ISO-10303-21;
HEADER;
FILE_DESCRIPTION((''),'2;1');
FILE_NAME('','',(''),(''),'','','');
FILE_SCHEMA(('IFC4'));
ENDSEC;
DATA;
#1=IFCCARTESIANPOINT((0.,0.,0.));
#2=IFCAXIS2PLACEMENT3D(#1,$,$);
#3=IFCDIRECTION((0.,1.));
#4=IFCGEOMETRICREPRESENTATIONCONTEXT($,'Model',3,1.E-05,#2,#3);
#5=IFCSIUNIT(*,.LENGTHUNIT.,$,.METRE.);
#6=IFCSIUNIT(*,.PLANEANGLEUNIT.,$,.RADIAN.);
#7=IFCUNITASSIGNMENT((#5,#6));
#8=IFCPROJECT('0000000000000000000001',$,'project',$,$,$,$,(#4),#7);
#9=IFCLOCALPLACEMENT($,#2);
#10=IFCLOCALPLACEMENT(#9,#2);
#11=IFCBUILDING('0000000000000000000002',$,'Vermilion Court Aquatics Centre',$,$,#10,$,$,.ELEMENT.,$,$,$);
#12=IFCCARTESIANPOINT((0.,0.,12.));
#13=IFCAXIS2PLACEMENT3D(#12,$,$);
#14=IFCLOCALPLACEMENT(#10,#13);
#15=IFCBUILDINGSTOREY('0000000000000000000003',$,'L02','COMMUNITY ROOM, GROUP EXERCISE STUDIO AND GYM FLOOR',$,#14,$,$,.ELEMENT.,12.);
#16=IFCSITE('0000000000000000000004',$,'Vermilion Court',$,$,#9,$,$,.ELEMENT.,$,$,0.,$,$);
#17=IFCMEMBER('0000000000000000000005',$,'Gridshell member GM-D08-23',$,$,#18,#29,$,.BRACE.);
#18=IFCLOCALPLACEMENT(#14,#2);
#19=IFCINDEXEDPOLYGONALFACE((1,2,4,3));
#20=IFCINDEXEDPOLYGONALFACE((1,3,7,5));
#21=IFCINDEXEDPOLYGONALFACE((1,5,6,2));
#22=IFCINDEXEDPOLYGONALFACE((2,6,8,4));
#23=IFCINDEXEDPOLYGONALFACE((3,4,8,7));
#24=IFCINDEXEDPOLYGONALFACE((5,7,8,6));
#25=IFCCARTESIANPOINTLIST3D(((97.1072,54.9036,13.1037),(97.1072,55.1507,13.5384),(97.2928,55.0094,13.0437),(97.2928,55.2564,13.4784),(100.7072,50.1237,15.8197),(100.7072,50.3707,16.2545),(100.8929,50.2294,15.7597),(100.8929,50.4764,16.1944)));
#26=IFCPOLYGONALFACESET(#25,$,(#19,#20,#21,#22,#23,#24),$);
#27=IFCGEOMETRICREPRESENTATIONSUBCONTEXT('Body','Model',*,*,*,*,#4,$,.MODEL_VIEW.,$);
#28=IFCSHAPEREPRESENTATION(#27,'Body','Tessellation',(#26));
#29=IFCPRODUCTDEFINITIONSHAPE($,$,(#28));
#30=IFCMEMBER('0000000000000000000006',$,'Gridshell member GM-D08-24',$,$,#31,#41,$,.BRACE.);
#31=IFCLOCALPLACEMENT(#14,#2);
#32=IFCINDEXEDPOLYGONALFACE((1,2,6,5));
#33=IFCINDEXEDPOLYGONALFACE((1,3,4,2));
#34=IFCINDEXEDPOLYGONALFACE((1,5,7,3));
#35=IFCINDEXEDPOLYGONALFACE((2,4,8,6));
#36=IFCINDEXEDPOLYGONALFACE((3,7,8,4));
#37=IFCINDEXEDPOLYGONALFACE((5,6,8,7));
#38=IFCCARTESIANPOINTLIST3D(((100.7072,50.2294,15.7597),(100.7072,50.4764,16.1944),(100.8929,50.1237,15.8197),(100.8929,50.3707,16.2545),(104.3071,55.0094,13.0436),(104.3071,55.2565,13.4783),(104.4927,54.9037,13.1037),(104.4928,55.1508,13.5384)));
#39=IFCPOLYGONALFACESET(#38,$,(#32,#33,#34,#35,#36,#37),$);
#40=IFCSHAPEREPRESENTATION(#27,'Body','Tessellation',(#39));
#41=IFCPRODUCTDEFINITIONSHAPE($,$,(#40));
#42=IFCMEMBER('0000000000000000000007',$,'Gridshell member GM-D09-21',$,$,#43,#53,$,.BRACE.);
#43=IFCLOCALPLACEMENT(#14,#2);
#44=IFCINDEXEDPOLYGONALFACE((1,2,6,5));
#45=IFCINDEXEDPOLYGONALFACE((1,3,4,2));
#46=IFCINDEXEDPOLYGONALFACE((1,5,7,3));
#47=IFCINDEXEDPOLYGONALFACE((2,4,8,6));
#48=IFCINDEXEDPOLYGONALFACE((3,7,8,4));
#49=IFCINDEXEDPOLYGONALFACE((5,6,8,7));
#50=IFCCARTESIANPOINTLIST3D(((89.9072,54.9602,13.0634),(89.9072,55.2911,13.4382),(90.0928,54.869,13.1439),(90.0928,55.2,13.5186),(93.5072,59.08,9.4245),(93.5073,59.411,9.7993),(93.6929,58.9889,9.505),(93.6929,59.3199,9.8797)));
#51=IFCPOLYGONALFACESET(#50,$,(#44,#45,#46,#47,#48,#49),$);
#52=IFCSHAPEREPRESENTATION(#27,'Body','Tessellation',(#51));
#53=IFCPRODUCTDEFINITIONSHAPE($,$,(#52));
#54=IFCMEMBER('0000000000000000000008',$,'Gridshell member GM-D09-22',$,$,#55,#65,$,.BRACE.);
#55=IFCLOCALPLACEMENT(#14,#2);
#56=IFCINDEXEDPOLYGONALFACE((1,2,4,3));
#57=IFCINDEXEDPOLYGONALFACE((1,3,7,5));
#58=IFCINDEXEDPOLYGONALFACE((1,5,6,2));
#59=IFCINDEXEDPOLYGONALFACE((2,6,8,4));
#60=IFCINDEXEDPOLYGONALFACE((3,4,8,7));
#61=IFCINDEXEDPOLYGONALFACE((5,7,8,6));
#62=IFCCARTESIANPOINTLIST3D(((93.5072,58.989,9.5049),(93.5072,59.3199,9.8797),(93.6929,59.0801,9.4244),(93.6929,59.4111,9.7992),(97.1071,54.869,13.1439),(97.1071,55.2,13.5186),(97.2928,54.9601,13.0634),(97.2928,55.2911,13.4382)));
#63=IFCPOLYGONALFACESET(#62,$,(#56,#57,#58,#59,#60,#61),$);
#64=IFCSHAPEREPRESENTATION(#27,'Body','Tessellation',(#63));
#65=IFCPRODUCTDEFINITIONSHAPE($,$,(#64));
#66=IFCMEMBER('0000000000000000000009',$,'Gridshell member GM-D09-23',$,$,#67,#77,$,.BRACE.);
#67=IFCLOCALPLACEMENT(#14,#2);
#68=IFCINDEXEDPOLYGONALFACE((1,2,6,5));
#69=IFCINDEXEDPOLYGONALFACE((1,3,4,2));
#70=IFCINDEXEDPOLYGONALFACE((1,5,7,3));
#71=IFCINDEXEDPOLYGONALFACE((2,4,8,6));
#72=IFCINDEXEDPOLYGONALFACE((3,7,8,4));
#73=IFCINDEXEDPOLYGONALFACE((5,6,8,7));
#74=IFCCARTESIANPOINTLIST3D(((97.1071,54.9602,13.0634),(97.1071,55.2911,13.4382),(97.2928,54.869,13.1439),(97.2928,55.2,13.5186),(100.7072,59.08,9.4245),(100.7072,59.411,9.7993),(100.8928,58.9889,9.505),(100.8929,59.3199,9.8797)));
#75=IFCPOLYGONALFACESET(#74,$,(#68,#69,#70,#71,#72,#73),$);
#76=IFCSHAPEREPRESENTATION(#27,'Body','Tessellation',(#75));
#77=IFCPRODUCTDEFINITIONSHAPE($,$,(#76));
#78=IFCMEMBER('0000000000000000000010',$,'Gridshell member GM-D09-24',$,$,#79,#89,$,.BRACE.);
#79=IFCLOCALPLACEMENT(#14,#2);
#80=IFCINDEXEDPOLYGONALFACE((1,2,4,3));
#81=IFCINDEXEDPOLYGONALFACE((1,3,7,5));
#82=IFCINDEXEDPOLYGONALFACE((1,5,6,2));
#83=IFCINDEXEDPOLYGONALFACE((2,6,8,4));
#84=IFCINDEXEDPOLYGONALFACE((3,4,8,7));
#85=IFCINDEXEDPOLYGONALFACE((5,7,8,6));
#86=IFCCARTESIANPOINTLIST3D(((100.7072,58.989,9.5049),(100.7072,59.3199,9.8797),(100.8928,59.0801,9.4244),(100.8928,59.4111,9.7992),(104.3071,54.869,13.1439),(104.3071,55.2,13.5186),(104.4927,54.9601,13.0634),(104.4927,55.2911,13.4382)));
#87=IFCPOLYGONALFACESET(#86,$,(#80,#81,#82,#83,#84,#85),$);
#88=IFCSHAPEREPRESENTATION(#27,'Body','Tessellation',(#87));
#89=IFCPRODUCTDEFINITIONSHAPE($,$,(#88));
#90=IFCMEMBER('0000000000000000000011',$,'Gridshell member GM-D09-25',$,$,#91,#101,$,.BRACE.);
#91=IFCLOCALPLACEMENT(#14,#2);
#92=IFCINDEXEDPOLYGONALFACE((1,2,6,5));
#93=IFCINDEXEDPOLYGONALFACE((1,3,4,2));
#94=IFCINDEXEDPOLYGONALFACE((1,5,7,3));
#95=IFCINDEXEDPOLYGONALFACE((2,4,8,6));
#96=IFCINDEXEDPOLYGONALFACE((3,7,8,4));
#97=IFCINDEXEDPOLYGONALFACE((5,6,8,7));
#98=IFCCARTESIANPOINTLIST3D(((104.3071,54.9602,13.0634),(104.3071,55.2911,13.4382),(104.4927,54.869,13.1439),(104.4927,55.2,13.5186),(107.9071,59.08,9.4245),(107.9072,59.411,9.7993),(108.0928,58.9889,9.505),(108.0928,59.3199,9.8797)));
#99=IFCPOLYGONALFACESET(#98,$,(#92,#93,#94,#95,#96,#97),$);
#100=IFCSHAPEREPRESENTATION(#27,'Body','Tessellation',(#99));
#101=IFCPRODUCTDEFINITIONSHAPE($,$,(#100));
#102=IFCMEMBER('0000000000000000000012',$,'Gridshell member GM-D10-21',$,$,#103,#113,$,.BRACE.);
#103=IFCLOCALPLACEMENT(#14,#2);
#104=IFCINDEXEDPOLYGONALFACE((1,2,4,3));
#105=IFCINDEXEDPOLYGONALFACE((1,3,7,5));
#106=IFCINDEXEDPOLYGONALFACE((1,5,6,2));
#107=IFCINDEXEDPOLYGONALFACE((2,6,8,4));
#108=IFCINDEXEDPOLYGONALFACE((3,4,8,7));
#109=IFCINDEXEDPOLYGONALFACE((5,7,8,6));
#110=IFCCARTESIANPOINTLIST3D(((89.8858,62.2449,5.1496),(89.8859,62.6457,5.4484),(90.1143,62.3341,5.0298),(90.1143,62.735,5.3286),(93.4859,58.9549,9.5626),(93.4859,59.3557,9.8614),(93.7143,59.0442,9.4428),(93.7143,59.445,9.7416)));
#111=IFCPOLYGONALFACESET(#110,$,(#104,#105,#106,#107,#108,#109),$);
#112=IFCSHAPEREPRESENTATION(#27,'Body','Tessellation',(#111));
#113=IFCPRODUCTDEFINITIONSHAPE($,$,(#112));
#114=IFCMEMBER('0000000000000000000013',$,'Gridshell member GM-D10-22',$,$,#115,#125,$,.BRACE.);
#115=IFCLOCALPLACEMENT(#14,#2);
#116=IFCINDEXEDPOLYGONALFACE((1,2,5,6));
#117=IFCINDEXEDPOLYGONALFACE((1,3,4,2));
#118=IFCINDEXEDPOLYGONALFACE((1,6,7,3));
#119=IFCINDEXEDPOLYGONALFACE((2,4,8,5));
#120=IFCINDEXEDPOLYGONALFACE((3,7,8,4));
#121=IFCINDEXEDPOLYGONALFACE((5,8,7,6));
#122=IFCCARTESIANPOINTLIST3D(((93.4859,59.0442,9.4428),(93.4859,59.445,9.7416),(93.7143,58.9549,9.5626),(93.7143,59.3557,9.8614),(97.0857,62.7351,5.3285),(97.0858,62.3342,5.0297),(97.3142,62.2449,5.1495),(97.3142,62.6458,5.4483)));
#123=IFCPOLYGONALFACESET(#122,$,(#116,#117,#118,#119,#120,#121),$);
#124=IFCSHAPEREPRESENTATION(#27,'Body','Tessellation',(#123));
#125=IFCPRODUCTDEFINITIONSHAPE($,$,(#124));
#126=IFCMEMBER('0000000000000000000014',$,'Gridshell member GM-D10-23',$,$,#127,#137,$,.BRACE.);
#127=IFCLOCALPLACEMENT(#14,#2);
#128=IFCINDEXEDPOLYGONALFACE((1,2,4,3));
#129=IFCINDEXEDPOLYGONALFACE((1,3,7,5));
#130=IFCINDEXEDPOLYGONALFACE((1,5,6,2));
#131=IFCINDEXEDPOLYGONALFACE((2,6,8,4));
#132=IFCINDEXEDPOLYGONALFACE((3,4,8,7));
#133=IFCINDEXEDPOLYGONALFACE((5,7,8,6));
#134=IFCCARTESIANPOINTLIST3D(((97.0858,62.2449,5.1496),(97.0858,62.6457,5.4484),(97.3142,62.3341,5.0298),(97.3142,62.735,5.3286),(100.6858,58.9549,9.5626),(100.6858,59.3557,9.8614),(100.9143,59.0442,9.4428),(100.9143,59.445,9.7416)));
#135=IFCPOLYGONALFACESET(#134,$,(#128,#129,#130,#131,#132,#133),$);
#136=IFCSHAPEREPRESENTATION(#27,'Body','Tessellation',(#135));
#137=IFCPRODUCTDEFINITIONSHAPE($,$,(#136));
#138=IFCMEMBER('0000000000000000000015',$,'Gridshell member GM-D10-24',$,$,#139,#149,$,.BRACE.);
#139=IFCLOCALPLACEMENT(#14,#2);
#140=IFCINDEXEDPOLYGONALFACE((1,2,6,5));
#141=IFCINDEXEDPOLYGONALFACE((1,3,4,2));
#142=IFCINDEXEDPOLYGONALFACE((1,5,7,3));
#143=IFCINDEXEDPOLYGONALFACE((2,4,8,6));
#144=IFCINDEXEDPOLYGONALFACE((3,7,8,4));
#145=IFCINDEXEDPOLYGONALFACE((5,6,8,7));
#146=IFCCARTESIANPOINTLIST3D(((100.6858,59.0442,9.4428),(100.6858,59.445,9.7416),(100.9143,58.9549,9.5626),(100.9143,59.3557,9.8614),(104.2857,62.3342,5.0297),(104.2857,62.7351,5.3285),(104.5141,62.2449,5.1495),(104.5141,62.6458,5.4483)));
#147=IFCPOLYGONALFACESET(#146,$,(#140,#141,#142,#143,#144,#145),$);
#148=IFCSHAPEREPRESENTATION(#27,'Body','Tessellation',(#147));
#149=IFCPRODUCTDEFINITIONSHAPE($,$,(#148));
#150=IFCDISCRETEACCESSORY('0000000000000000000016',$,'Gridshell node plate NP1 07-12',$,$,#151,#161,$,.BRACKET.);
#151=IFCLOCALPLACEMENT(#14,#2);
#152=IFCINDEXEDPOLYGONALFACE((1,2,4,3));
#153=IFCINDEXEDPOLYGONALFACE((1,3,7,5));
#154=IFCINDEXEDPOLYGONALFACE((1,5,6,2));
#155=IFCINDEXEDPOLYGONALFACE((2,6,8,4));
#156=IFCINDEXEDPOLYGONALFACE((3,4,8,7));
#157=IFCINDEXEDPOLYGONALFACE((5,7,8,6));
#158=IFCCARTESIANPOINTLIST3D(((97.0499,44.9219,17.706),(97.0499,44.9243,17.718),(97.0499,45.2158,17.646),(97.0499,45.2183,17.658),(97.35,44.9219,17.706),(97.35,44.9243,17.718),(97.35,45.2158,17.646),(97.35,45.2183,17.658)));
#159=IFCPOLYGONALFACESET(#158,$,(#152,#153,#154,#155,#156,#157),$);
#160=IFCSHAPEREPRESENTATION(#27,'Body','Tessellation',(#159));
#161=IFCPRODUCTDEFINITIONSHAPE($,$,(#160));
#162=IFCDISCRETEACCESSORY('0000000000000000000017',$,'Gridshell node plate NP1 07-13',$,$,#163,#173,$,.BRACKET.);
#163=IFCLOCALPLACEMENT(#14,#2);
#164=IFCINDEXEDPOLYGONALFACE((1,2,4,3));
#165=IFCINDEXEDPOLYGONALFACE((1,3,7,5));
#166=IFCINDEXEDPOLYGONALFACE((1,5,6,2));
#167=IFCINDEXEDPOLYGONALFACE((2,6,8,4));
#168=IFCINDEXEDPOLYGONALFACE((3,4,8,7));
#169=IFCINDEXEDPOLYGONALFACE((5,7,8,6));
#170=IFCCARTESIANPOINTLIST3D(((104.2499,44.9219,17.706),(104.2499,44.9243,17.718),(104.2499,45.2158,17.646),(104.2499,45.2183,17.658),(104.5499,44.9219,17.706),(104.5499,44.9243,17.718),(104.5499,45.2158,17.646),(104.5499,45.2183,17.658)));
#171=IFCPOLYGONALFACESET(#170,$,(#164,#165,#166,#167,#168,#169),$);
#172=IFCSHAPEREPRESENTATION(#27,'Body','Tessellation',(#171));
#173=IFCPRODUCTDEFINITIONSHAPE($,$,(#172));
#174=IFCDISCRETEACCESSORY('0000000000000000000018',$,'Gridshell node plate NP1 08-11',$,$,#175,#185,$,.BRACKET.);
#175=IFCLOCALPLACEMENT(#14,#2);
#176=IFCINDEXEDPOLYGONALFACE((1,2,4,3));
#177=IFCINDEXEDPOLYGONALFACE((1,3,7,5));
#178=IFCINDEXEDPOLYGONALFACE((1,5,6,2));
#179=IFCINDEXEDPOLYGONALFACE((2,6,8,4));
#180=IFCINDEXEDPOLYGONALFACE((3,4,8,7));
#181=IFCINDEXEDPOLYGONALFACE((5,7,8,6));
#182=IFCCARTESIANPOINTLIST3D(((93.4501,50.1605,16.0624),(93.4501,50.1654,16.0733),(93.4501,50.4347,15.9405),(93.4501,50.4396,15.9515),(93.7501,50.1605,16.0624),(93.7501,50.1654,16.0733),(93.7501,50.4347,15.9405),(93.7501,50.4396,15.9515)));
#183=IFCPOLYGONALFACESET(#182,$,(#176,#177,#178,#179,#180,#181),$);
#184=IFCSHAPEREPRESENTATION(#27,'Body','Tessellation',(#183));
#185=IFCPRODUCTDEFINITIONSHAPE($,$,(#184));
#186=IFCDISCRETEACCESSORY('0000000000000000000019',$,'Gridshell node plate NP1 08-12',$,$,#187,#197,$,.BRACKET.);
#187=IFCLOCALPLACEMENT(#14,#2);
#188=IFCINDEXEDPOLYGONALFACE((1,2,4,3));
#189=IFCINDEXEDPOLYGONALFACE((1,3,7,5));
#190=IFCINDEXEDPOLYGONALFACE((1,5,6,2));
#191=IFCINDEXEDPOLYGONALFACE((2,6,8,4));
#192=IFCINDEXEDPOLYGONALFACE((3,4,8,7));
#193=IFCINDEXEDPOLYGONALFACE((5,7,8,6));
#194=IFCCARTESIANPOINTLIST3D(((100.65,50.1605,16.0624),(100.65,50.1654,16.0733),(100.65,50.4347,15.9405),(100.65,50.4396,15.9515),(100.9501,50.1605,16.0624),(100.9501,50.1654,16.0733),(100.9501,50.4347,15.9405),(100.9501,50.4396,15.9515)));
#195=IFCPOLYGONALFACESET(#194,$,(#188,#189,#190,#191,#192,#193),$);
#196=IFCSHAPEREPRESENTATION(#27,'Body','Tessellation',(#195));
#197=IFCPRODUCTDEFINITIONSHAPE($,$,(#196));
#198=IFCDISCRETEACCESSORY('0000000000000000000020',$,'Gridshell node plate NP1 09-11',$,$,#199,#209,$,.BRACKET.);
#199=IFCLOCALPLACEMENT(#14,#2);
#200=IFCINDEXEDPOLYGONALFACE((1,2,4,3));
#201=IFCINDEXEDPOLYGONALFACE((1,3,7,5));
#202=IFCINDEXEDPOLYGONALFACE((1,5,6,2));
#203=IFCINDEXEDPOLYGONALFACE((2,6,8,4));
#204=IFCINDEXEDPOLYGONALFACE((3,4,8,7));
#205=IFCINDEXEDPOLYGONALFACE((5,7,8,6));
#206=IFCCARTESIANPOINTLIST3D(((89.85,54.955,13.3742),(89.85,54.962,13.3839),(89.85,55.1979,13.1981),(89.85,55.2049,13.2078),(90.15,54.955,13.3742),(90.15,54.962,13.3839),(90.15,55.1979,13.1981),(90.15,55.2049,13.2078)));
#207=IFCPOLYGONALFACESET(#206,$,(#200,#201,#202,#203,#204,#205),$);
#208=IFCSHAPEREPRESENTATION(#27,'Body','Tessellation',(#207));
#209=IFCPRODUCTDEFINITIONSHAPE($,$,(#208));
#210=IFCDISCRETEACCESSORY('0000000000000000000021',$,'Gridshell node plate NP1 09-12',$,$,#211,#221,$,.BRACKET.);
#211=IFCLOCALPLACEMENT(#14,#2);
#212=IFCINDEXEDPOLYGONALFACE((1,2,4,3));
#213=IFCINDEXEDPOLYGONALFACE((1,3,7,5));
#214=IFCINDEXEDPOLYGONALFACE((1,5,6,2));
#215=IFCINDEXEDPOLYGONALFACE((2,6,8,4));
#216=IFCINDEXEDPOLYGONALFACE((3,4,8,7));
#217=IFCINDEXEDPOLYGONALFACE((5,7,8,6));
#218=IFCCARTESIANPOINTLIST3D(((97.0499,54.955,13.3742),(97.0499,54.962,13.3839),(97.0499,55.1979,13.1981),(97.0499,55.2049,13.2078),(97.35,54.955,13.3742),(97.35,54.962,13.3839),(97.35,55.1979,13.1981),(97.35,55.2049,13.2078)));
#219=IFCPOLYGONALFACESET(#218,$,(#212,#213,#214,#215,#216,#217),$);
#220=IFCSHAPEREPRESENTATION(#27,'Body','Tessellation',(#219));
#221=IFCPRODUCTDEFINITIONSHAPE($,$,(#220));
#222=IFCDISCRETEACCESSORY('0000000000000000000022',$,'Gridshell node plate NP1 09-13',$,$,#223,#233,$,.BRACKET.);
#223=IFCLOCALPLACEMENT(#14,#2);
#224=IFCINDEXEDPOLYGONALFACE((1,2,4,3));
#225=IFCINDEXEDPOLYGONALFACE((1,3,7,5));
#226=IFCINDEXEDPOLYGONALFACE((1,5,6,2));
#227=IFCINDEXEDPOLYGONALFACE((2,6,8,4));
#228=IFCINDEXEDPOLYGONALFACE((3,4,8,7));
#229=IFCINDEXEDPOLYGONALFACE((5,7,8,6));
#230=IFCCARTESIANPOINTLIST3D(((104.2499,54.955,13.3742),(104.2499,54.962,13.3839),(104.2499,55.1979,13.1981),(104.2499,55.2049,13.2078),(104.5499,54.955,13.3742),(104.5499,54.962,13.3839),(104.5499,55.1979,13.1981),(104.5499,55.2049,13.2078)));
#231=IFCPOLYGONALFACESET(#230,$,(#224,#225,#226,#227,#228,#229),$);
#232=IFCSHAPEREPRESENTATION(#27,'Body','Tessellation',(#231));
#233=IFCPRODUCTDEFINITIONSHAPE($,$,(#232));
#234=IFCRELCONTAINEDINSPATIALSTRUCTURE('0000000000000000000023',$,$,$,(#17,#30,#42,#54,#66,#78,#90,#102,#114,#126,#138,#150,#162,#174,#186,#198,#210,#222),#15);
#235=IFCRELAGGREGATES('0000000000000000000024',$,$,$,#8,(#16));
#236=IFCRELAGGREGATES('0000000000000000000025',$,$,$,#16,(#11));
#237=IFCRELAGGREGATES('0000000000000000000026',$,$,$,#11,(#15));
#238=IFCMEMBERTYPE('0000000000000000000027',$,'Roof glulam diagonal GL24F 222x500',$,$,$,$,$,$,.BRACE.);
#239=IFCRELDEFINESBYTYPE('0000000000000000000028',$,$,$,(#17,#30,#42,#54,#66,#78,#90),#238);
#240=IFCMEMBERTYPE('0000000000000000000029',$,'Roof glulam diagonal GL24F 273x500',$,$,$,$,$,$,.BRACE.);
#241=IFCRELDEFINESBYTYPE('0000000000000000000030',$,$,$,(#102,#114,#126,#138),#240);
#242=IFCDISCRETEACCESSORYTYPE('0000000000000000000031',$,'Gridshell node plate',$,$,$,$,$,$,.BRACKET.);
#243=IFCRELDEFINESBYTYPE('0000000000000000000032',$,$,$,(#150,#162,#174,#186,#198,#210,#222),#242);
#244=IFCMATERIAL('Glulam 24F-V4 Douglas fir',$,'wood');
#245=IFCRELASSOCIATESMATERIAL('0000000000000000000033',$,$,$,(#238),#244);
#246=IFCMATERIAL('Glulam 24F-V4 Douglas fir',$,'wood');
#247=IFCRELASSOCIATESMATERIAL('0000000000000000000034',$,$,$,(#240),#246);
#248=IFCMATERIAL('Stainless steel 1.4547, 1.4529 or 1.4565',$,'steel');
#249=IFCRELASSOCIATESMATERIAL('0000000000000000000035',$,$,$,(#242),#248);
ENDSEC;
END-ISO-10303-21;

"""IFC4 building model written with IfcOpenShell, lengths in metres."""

from ifc_helpers import new_model, si_unit, direction, frame, origin, origin_2d, place, context, subcontext, project, spatial, rectangle, extrude, material, material_profile, profile_set, type_object, element, save


model = new_model("IFC4")

# Units and contexts
model_context = context("Model", 3, precision=1e-05, world=origin(), true_north=direction((0.0, 1.0)))
body_context = subcontext(model_context, "Body", "Model", "MODEL_VIEW")
ifc_project = project(units=[si_unit("LENGTHUNIT", "METRE"), si_unit("PLANEANGLEUNIT", "RADIAN")], contexts=[model_context])

# Site, building, storey
site_placement = place(None, origin())
site = spatial("IfcSite", under=ifc_project, at=site_placement, Name="Vermilion Court", CompositionType="ELEMENT", RefElevation=0.0)
building_placement = place(site_placement, origin())
building = spatial("IfcBuilding", under=site, at=building_placement, Name="Vermilion Court Aquatics Centre", CompositionType="ELEMENT")
storey_placement = place(building_placement, frame((0.0, 0.0, 12.0)))
storey = spatial("IfcBuildingStorey", under=building, at=storey_placement, Name="L02", Description="COMMUNITY ROOM, GROUP EXERCISE STUDIO AND GYM FLOOR", CompositionType="ELEMENT", Elevation=12.0)

# Members
ifc_material_1 = material(Name="Glulam 24F-V4 Douglas fir", Category="wood")
ifc_material_profile_1 = material_profile(ifc_material_1, rectangle(XDim=0.2219, YDim=0.5, at=origin_2d()), Name="GL24F 222x500")
ifc_profile_set_1 = profile_set([ifc_material_profile_1], Name="Glulam 24F-V4 Douglas fir")
member_type_1 = type_object("IfcMemberType", Name="Roof glulam diagonal GL24F 222x500", PredefinedType="BRACE", material=ifc_profile_set_1)
for number, where, z_axis, x_axis, name in (
    (1, (100.8, 50.3, 16.0071), (-0.547824, 0.727373, -0.413301), (-0.836594, -0.476314, 0.270621), "Gridshell member GM-D08-23"),
    (2, (100.8, 50.3, 16.0071), (0.547798, 0.727388, -0.41331), (-0.836611, 0.476285, -0.27062), "Gridshell member GM-D08-24"),
):
    element("IfcMember", number, at=place(storey_placement, frame(where, z_axis=z_axis, x_axis=x_axis)), inside=storey, type_object=member_type_1, Name=name, PredefinedType="BRACE", context=body_context, shape_type="SweptSolid", body=[
        extrude(rectangle(XDim=0.2219, YDim=0.5, at=origin_2d()), origin(), (0.0, 0.0, 1.0), 6.5715),
    ])
for number, where, z_axis, x_axis, name in (
    (3, (90.0, 55.0801, 13.291), (0.547891, 0.626995, -0.553799), (-0.83655, 0.410685, -0.362661), "Gridshell member GM-D09-21"),
    (4, (97.2, 55.0801, 13.291), (-0.547865, 0.627007, -0.55381), (-0.836567, -0.410653, 0.362657), "Gridshell member GM-D09-22"),
    (5, (97.2, 55.0801, 13.291), (0.547891, 0.626995, -0.553799), (-0.83655, 0.410685, -0.362661), "Gridshell member GM-D09-23"),
    (6, (104.3999, 55.0801, 13.291), (-0.547865, 0.627007, -0.55381), (-0.836567, -0.410653, 0.362657), "Gridshell member GM-D09-24"),
    (7, (104.3999, 55.0801, 13.291), (0.547891, 0.626995, -0.553799), (-0.83655, 0.410685, -0.362661), "Gridshell member GM-D09-25"),
):
    element("IfcMember", number, at=place(storey_placement, frame(where, z_axis=z_axis, x_axis=x_axis)), inside=storey, type_object=member_type_1, Name=name, PredefinedType="BRACE", context=body_context, shape_type="SweptSolid", body=[
        extrude(rectangle(XDim=0.2219, YDim=0.5, at=origin_2d()), origin(), (0.0, 0.0, 1.0), 6.5708),
    ])
ifc_material_2 = material(Name="Glulam 24F-V4 Douglas fir", Category="wood")
ifc_material_profile_2 = material_profile(ifc_material_2, rectangle(XDim=0.2729, YDim=0.5, at=origin_2d()), Name="GL24F 273x500")
ifc_profile_set_2 = profile_set([ifc_material_profile_2], Name="Glulam 24F-V4 Douglas fir")
member_type_2 = type_object("IfcMemberType", Name="Roof glulam diagonal GL24F 273x500", PredefinedType="BRACE", material=ifc_profile_set_2)
for number, where, z_axis, x_axis, name in (
    (8, (93.6001, 59.2, 9.6521), (-0.547355, 0.500214, -0.670961), (-0.836901, -0.327117, 0.438853), "Gridshell member GM-D10-21"),
    (9, (93.6001, 59.2, 9.6521), (0.547329, 0.500224, -0.670974), (-0.836918, 0.327083, -0.438846), "Gridshell member GM-D10-22"),
    (10, (100.8, 59.2, 9.6521), (-0.547355, 0.500214, -0.670961), (-0.836901, -0.327117, 0.438853), "Gridshell member GM-D10-23"),
    (11, (100.8, 59.2, 9.6521), (0.547329, 0.500224, -0.670974), (-0.836918, 0.327083, -0.438846), "Gridshell member GM-D10-24"),
):
    element("IfcMember", number, at=place(storey_placement, frame(where, z_axis=z_axis, x_axis=x_axis)), inside=storey, type_object=member_type_2, Name=name, PredefinedType="BRACE", context=body_context, shape_type="SweptSolid", body=[
        extrude(rectangle(XDim=0.2729, YDim=0.5, at=origin_2d()), origin(), (0.0, 0.0, 1.0), 6.5771),
    ])

# Discrete accessories
ifc_material_3 = material(Name="Stainless steel 1.4547, 1.4529 or 1.4565", Category="steel")
ifc_material_profile_3 = material_profile(ifc_material_3, rectangle(XDim=0.3, YDim=0.3, at=origin_2d()), Name="PL 12 x 300 x 300")
ifc_profile_set_3 = profile_set([ifc_material_profile_3], Name="Stainless steel 1.4547, 1.4529 or 1.4565")
discrete_accessory_type = type_object("IfcDiscreteAccessoryType", Name="Gridshell node plate", PredefinedType="BRACKET", material=ifc_profile_set_3)
for number, where, z_axis, x_axis, name in (
    (12, (97.2, 45.0688, 17.676), (0.0, 0.19996, 0.979804), (-1.0, 0.0, 0.0), "Gridshell node plate NP1 07-12"),
    (13, (104.3999, 45.0688, 17.676), (0.0, 0.19996, 0.979804), (-1.0, 0.0, 0.0), "Gridshell node plate NP1 07-13"),
):
    element("IfcDiscreteAccessory", number, at=place(storey_placement, frame(where, z_axis=z_axis, x_axis=x_axis)), inside=storey, type_object=discrete_accessory_type, Name=name, PredefinedType="BRACKET", context=body_context, shape_type="SweptSolid", body=[
        extrude(rectangle(XDim=0.3, YDim=0.3, at=origin_2d()), origin(), (0.0, 0.0, 1.0), 0.0122),
    ])
for number, where, z_axis, x_axis, name in (
    (14, (93.6001, 50.2976, 16.0015), (0.0, 0.406138, 0.913812), (-1.0, 0.0, 0.0), "Gridshell node plate NP1 08-11"),
    (15, (100.8, 50.2976, 16.0015), (0.0, 0.406138, 0.913812), (-1.0, 0.0, 0.0), "Gridshell node plate NP1 08-12"),
    (16, (90.0, 55.0764, 13.2861), (0.0, 0.586968, 0.80961), (-1.0, 0.0, 0.0), "Gridshell node plate NP1 09-11"),
    (17, (97.2, 55.0764, 13.2861), (0.0, 0.586968, 0.80961), (-1.0, 0.0, 0.0), "Gridshell node plate NP1 09-12"),
    (18, (104.3999, 55.0764, 13.2861), (0.0, 0.586968, 0.80961), (-1.0, 0.0, 0.0), "Gridshell node plate NP1 09-13"),
):
    element("IfcDiscreteAccessory", number, at=place(storey_placement, frame(where, z_axis=z_axis, x_axis=x_axis)), inside=storey, type_object=discrete_accessory_type, Name=name, PredefinedType="BRACKET", context=body_context, shape_type="SweptSolid", body=[
        extrude(rectangle(XDim=0.3, YDim=0.3, at=origin_2d()), origin(), (0.0, 0.0, 1.0), 0.012),
    ])

save(model, "model.ifc")
